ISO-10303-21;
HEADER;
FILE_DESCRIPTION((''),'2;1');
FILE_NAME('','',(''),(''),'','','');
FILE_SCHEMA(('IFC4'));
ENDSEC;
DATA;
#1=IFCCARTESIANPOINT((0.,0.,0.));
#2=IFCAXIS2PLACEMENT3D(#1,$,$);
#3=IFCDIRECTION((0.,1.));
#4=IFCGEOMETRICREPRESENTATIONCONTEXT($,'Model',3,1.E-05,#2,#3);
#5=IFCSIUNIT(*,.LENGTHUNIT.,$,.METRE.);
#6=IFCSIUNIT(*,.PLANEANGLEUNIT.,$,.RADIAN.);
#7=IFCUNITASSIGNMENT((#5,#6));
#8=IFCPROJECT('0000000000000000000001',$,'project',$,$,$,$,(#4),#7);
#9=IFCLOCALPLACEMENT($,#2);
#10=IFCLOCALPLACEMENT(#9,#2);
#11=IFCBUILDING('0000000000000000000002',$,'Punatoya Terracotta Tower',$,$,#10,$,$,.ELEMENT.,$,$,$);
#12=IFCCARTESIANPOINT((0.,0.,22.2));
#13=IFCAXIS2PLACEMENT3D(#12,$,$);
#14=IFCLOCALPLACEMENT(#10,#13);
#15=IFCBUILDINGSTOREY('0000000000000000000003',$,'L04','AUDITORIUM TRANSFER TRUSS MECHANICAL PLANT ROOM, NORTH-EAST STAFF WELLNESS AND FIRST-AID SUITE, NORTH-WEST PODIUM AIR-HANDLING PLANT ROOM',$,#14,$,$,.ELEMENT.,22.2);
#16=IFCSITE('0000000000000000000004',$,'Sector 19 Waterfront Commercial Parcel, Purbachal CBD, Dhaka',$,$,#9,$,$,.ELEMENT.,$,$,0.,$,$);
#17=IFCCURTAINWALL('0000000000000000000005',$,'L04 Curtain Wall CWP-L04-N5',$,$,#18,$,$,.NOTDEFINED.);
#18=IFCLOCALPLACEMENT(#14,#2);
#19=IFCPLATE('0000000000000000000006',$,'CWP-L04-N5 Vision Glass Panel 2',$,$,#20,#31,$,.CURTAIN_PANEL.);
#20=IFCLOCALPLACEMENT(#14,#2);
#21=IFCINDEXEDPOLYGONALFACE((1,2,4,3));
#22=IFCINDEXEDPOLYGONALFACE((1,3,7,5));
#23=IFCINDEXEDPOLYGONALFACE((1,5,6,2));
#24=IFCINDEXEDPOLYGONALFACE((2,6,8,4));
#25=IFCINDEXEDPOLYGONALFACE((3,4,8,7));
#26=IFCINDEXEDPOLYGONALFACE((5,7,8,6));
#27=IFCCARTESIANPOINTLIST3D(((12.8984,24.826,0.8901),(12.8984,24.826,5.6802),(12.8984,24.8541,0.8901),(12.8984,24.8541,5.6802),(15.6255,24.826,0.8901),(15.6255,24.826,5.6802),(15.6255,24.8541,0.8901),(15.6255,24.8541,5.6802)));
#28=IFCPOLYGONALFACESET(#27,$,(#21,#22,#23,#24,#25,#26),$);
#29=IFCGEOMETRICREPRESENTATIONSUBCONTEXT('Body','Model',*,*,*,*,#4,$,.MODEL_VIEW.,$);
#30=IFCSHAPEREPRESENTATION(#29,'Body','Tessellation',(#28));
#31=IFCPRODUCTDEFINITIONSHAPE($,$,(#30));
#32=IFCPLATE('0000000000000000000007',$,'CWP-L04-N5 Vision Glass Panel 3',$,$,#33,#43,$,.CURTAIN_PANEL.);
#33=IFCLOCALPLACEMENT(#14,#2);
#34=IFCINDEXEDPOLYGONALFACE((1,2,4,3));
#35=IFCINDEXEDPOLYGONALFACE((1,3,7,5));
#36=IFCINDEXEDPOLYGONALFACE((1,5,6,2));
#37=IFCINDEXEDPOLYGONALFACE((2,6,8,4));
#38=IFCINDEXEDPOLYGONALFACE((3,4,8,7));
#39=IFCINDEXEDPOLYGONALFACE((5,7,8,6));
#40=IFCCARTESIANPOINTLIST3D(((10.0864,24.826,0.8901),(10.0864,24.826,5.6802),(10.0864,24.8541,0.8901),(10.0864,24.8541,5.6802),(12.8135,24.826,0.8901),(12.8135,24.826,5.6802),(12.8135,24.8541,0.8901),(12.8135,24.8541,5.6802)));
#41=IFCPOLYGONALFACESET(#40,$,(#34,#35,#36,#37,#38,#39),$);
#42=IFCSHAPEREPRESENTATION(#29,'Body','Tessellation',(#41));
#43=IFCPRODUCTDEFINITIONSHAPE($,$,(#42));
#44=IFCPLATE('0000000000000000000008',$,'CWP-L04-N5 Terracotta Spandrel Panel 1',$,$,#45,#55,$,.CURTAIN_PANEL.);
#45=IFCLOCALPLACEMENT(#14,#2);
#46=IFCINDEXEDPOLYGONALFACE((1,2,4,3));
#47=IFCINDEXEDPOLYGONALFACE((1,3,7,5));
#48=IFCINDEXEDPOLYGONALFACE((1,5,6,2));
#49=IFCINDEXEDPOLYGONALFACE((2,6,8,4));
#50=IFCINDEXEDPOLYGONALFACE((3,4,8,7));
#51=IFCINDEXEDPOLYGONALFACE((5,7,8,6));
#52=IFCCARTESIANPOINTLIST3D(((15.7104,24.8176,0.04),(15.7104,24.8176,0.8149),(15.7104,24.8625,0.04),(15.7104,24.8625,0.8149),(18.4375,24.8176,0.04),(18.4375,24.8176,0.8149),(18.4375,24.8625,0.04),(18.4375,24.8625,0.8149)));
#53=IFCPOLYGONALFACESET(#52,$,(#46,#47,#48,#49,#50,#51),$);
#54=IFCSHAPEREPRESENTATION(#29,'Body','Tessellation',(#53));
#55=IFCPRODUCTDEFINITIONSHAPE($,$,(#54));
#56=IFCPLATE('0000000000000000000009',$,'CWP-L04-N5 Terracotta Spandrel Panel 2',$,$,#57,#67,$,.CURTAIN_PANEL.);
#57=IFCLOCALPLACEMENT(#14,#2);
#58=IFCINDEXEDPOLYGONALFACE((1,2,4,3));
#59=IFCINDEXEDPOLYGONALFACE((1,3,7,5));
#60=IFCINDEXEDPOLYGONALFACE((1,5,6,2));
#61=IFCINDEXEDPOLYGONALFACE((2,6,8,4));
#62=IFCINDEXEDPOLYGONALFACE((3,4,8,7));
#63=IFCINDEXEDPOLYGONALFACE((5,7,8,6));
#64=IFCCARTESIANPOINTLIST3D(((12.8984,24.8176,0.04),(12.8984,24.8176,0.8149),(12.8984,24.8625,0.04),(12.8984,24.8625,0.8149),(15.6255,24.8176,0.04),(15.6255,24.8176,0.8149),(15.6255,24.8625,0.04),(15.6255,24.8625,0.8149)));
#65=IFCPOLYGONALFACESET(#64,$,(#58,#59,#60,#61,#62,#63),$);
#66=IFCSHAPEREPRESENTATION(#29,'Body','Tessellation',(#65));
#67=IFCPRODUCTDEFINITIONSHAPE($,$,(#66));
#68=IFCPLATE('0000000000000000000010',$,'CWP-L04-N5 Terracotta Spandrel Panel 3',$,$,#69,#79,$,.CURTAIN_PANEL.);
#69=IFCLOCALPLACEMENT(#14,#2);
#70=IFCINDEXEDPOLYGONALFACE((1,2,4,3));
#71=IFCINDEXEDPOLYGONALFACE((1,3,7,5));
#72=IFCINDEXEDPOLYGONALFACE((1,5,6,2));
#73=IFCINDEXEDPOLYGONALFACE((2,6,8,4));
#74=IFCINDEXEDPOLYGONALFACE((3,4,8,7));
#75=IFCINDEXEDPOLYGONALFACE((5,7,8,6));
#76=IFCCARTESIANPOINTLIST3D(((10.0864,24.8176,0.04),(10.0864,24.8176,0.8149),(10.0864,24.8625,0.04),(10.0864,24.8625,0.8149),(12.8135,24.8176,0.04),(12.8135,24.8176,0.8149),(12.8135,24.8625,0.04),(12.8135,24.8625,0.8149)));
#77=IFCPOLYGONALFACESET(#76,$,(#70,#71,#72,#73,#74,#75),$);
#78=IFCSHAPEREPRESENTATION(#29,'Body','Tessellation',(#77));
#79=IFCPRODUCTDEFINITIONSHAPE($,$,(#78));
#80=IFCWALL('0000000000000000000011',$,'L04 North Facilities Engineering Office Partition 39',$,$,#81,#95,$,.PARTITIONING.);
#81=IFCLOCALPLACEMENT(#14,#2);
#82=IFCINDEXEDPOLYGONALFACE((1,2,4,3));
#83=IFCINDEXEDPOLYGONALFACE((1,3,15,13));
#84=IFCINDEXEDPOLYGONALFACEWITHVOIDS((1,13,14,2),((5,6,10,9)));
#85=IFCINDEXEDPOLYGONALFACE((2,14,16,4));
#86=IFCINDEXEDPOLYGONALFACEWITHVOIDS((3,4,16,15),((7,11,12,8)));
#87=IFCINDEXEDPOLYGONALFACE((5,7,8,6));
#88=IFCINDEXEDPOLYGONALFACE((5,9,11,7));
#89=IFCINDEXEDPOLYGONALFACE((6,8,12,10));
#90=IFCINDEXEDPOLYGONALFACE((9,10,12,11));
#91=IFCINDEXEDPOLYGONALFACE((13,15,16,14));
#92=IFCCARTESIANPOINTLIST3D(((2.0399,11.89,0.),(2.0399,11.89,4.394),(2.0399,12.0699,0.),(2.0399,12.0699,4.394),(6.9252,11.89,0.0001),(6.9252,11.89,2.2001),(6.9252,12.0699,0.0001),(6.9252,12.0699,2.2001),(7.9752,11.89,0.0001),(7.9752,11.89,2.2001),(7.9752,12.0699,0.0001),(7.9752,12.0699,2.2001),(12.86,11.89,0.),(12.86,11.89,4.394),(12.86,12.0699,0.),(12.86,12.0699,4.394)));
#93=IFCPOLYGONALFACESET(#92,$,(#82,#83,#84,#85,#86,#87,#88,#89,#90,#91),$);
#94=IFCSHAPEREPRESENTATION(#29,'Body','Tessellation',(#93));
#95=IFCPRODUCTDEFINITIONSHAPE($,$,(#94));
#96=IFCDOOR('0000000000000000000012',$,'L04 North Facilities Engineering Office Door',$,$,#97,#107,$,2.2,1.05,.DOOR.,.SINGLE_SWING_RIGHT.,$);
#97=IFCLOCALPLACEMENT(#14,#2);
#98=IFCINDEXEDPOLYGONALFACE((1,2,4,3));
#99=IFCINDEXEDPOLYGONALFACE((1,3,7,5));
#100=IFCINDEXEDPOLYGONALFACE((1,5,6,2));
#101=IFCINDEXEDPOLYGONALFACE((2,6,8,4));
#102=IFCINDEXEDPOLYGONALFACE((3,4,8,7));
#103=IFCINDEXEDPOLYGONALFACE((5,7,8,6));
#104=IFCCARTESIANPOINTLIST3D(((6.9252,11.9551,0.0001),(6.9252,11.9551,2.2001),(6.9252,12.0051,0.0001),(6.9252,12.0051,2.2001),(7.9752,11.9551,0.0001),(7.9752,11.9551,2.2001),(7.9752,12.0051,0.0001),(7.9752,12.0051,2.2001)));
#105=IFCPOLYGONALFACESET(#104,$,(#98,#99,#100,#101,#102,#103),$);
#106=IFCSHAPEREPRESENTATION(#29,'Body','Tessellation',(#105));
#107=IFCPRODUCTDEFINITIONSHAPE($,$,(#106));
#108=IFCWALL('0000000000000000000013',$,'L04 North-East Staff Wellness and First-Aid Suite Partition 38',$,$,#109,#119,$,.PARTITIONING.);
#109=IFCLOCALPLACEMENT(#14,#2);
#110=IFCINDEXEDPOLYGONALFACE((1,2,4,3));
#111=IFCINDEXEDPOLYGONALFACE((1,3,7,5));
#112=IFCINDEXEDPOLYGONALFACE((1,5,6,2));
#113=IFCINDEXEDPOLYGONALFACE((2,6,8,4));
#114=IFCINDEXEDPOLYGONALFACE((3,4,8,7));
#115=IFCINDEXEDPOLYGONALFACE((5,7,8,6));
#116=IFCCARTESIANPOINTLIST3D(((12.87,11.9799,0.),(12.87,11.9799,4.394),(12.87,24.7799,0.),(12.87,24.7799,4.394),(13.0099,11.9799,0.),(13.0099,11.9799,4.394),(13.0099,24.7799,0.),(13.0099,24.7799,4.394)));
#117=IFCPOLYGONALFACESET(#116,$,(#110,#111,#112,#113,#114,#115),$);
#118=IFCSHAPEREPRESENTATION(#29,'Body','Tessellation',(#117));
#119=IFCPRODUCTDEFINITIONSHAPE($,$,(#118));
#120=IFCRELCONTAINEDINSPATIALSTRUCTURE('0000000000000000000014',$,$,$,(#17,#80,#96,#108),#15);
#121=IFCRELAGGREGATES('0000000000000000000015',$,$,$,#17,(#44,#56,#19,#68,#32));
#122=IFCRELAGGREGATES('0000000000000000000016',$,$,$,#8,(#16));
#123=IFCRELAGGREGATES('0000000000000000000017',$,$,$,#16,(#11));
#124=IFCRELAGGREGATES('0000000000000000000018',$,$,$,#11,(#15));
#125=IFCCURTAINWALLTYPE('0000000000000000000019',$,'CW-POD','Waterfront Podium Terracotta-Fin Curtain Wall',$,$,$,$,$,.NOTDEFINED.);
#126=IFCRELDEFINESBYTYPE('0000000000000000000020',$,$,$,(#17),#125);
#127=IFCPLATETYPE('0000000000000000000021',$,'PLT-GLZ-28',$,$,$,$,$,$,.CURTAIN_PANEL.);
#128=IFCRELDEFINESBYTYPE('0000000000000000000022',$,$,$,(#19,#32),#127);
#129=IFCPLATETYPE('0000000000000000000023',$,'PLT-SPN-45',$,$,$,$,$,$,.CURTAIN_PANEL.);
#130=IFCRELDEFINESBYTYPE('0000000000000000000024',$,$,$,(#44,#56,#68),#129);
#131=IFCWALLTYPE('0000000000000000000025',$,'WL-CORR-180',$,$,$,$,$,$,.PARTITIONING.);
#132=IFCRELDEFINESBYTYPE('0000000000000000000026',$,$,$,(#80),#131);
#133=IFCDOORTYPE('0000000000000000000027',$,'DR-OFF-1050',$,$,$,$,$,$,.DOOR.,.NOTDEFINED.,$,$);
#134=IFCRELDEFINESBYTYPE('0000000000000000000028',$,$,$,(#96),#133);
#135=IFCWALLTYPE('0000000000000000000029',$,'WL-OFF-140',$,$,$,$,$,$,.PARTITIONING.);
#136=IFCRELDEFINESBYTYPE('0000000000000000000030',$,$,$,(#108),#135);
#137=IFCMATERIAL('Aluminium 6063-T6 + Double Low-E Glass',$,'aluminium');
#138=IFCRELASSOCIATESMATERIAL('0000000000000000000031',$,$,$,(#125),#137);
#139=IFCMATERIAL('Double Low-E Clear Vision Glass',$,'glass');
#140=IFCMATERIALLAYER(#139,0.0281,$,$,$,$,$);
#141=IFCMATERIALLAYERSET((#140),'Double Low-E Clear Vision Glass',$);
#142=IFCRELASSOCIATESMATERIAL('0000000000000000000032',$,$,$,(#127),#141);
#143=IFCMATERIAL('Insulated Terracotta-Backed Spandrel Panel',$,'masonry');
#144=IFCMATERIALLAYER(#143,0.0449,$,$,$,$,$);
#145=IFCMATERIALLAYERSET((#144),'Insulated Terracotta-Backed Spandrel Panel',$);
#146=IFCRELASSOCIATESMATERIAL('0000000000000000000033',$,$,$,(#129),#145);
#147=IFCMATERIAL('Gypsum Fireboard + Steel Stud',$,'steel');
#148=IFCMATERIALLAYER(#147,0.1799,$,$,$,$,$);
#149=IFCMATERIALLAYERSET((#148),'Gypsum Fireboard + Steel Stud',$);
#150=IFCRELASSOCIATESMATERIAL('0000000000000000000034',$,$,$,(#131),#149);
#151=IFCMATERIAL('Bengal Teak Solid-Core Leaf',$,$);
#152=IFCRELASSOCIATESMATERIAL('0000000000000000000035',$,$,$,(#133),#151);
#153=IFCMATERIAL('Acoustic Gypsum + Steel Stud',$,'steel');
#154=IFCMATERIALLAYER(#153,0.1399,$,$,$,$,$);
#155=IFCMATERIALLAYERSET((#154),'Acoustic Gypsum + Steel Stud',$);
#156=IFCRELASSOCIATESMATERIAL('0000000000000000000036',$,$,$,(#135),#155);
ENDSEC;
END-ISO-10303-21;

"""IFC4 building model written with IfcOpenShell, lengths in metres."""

from ifc_helpers import new_model, si_unit, direction, frame, frame_2d, origin, origin_2d, place, context, subcontext, project, spatial, rectangle, extrude, material, layer, layer_set, type_object, element, fill, aggregate, save


model = new_model("IFC4")

# Units and contexts
model_context = context("Model", 3, precision=1e-05, world=origin(), true_north=direction((0.0, 1.0)))
body_context = subcontext(model_context, "Body", "Model", "MODEL_VIEW")
ifc_project = project(units=[si_unit("LENGTHUNIT", "METRE"), si_unit("PLANEANGLEUNIT", "RADIAN")], contexts=[model_context])

# Site, building, storey
site_placement = place(None, origin())
site = spatial("IfcSite", under=ifc_project, at=site_placement, Name="Sector 19 Waterfront Commercial Parcel, Purbachal CBD, Dhaka", CompositionType="ELEMENT", RefElevation=0.0)
building_placement = place(site_placement, origin())
building = spatial("IfcBuilding", under=site, at=building_placement, Name="Punatoya Terracotta Tower", CompositionType="ELEMENT")
storey_placement = place(building_placement, frame((0.0, 0.0, 22.2)))
storey = spatial("IfcBuildingStorey", under=building, at=storey_placement, Name="L04", Description="AUDITORIUM TRANSFER TRUSS MECHANICAL PLANT ROOM, NORTH-EAST STAFF WELLNESS AND FIRST-AID SUITE, NORTH-WEST PODIUM AIR-HANDLING PLANT ROOM", CompositionType="ELEMENT", Elevation=22.2)

# Curtain wall, plates
ifc_material_1 = material(Name="Aluminium 6063-T6 + Double Low-E Glass", Category="aluminium")
curtain_wall_type = type_object("IfcCurtainWallType", Name="CW-POD", Description="Waterfront Podium Terracotta-Fin Curtain Wall", PredefinedType="NOTDEFINED", material=ifc_material_1)
curtain_wall_placement = place(storey_placement, origin())
curtain_wall = element("IfcCurtainWall", 1, at=curtain_wall_placement, inside=storey, type_object=curtain_wall_type, Name="L04 Curtain Wall CWP-L04-N5", PredefinedType="NOTDEFINED")
ifc_material_2 = material(Name="Double Low-E Clear Vision Glass", Category="glass")
ifc_layer_1 = layer(ifc_material_2, 0.0281)
ifc_layer_set_1 = layer_set([ifc_layer_1], Name="Double Low-E Clear Vision Glass")
plate_type_1 = type_object("IfcPlateType", Name="PLT-GLZ-28", PredefinedType="CURTAIN_PANEL", material=ifc_layer_set_1)
plate_1_placement = place(storey_placement, frame((14.262, 24.8401, 0.8901), z_axis=(0.0, 0.0, 1.0), x_axis=(-1.0, 0.0, 0.0)))
plate_1 = element("IfcPlate", 2, at=plate_1_placement, type_object=plate_type_1, Name="CWP-L04-N5 Vision Glass Panel 2", PredefinedType="CURTAIN_PANEL", context=body_context, shape_type="SweptSolid", body=[
    extrude(rectangle(XDim=2.7271, YDim=0.0281, at=origin_2d()), origin(), (0.0, 0.0, 1.0), 4.79),
])
plate_2_placement = place(storey_placement, frame((11.45, 24.8401, 0.8901), z_axis=(0.0, 0.0, 1.0), x_axis=(-1.0, 0.0, 0.0)))
plate_2 = element("IfcPlate", 3, at=plate_2_placement, type_object=plate_type_1, Name="CWP-L04-N5 Vision Glass Panel 3", PredefinedType="CURTAIN_PANEL", context=body_context, shape_type="SweptSolid", body=[
    extrude(rectangle(XDim=2.7271, YDim=0.0281, at=origin_2d()), origin(), (0.0, 0.0, 1.0), 4.79),
])
ifc_material_3 = material(Name="Insulated Terracotta-Backed Spandrel Panel", Category="masonry")
ifc_layer_2 = layer(ifc_material_3, 0.0449)
ifc_layer_set_2 = layer_set([ifc_layer_2], Name="Insulated Terracotta-Backed Spandrel Panel")
plate_type_2 = type_object("IfcPlateType", Name="PLT-SPN-45", PredefinedType="CURTAIN_PANEL", material=ifc_layer_set_2)
plate_3_placement = place(storey_placement, frame((17.074, 24.8401, 0.04), z_axis=(0.0, 0.0, 1.0), x_axis=(-1.0, 0.0, 0.0)))
plate_3 = element("IfcPlate", 4, at=plate_3_placement, type_object=plate_type_2, Name="CWP-L04-N5 Terracotta Spandrel Panel 1", PredefinedType="CURTAIN_PANEL", context=body_context, shape_type="SweptSolid", body=[
    extrude(rectangle(XDim=2.7271, YDim=0.0449, at=origin_2d()), origin(), (0.0, 0.0, 1.0), 0.7749),
])
plate_4_placement = place(storey_placement, frame((14.262, 24.8401, 0.04), z_axis=(0.0, 0.0, 1.0), x_axis=(-1.0, 0.0, 0.0)))
plate_4 = element("IfcPlate", 5, at=plate_4_placement, type_object=plate_type_2, Name="CWP-L04-N5 Terracotta Spandrel Panel 2", PredefinedType="CURTAIN_PANEL", context=body_context, shape_type="SweptSolid", body=[
    extrude(rectangle(XDim=2.7271, YDim=0.0449, at=origin_2d()), origin(), (0.0, 0.0, 1.0), 0.7749),
])
plate_5_placement = place(storey_placement, frame((11.45, 24.8401, 0.04), z_axis=(0.0, 0.0, 1.0), x_axis=(-1.0, 0.0, 0.0)))
plate_5 = element("IfcPlate", 6, at=plate_5_placement, type_object=plate_type_2, Name="CWP-L04-N5 Terracotta Spandrel Panel 3", PredefinedType="CURTAIN_PANEL", context=body_context, shape_type="SweptSolid", body=[
    extrude(rectangle(XDim=2.7271, YDim=0.0449, at=origin_2d()), origin(), (0.0, 0.0, 1.0), 0.7749),
])
aggregate(curtain_wall, [plate_3, plate_4, plate_1, plate_5, plate_2])

# Wall, opening, door
ifc_material_4 = material(Name="Gypsum Fireboard + Steel Stud", Category="steel")
ifc_layer_3 = layer(ifc_material_4, 0.1799)
ifc_layer_set_3 = layer_set([ifc_layer_3], Name="Gypsum Fireboard + Steel Stud")
wall_type_1 = type_object("IfcWallType", Name="WL-CORR-180", PredefinedType="PARTITIONING", material=ifc_layer_set_3)
wall_1_placement = place(storey_placement, frame((12.8601, 11.98, 0.0), z_axis=(0.0, 0.0, 1.0), x_axis=(-1.0, 0.0, 0.0)))
wall_1 = element("IfcWall", 7, at=wall_1_placement, inside=storey, type_object=wall_type_1, Name="L04 North Facilities Engineering Office Partition 39", PredefinedType="PARTITIONING", context=body_context, shape_type="SweptSolid", body=[
    extrude(rectangle(XDim=10.8201, YDim=0.1799, at=frame_2d((5.4102, 0.0))), origin(), (0.0, 0.0, 1.0), 4.394),
])
opening_placement = place(wall_1_placement, frame((4.885, 0.0, 0.0)))
opening = element("IfcOpeningElement", 8, at=opening_placement, cuts=wall_1, PredefinedType="OPENING", context=body_context, shape_type="SweptSolid", body=[
    extrude(rectangle(XDim=1.05, YDim=2.2, at=frame_2d((0.5249, 1.1001))), frame((0.0, 0.0999, 0.0), z_axis=(0.0, -1.0, 0.0), x_axis=(1.0, 0.0, 0.0)), (0.0, 0.0, 1.0), 0.2),
])
ifc_material_5 = material(Name="Bengal Teak Solid-Core Leaf")
door_type = type_object("IfcDoorType", Name="DR-OFF-1050", OperationType="NOTDEFINED", PredefinedType="DOOR", material=ifc_material_5)
door_placement = place(opening_placement, origin())
door = element("IfcDoor", 9, at=door_placement, inside=storey, type_object=door_type, Name="L04 North Facilities Engineering Office Door", OperationType="SINGLE_SWING_RIGHT", OverallHeight=2.2, OverallWidth=1.05, PredefinedType="DOOR", context=body_context, shape_type="SweptSolid", body=[
    extrude(rectangle(XDim=1.05, YDim=2.2, at=frame_2d((0.5249, 1.1001))), frame((0.0, 0.0249, 0.0), z_axis=(0.0, -1.0, 0.0), x_axis=(1.0, 0.0, 0.0)), (0.0, 0.0, 1.0), 0.05),
])
fill(opening, door)

# Wall
ifc_material_6 = material(Name="Acoustic Gypsum + Steel Stud", Category="steel")
ifc_layer_4 = layer(ifc_material_6, 0.1399)
ifc_layer_set_4 = layer_set([ifc_layer_4], Name="Acoustic Gypsum + Steel Stud")
wall_type_2 = type_object("IfcWallType", Name="WL-OFF-140", PredefinedType="PARTITIONING", material=ifc_layer_set_4)
wall_2_placement = place(storey_placement, frame((12.9399, 11.98, 0.0), z_axis=(0.0, 0.0, 1.0), x_axis=(0.0, 1.0, 0.0)))
element("IfcWall", 10, at=wall_2_placement, inside=storey, type_object=wall_type_2, Name="L04 North-East Staff Wellness and First-Aid Suite Partition 38", PredefinedType="PARTITIONING", context=body_context, shape_type="SweptSolid", body=[
    extrude(rectangle(XDim=12.8, YDim=0.1399, at=frame_2d((6.3999, 0.0))), origin(), (0.0, 0.0, 1.0), 4.394),
])

save(model, "model.ifc")
